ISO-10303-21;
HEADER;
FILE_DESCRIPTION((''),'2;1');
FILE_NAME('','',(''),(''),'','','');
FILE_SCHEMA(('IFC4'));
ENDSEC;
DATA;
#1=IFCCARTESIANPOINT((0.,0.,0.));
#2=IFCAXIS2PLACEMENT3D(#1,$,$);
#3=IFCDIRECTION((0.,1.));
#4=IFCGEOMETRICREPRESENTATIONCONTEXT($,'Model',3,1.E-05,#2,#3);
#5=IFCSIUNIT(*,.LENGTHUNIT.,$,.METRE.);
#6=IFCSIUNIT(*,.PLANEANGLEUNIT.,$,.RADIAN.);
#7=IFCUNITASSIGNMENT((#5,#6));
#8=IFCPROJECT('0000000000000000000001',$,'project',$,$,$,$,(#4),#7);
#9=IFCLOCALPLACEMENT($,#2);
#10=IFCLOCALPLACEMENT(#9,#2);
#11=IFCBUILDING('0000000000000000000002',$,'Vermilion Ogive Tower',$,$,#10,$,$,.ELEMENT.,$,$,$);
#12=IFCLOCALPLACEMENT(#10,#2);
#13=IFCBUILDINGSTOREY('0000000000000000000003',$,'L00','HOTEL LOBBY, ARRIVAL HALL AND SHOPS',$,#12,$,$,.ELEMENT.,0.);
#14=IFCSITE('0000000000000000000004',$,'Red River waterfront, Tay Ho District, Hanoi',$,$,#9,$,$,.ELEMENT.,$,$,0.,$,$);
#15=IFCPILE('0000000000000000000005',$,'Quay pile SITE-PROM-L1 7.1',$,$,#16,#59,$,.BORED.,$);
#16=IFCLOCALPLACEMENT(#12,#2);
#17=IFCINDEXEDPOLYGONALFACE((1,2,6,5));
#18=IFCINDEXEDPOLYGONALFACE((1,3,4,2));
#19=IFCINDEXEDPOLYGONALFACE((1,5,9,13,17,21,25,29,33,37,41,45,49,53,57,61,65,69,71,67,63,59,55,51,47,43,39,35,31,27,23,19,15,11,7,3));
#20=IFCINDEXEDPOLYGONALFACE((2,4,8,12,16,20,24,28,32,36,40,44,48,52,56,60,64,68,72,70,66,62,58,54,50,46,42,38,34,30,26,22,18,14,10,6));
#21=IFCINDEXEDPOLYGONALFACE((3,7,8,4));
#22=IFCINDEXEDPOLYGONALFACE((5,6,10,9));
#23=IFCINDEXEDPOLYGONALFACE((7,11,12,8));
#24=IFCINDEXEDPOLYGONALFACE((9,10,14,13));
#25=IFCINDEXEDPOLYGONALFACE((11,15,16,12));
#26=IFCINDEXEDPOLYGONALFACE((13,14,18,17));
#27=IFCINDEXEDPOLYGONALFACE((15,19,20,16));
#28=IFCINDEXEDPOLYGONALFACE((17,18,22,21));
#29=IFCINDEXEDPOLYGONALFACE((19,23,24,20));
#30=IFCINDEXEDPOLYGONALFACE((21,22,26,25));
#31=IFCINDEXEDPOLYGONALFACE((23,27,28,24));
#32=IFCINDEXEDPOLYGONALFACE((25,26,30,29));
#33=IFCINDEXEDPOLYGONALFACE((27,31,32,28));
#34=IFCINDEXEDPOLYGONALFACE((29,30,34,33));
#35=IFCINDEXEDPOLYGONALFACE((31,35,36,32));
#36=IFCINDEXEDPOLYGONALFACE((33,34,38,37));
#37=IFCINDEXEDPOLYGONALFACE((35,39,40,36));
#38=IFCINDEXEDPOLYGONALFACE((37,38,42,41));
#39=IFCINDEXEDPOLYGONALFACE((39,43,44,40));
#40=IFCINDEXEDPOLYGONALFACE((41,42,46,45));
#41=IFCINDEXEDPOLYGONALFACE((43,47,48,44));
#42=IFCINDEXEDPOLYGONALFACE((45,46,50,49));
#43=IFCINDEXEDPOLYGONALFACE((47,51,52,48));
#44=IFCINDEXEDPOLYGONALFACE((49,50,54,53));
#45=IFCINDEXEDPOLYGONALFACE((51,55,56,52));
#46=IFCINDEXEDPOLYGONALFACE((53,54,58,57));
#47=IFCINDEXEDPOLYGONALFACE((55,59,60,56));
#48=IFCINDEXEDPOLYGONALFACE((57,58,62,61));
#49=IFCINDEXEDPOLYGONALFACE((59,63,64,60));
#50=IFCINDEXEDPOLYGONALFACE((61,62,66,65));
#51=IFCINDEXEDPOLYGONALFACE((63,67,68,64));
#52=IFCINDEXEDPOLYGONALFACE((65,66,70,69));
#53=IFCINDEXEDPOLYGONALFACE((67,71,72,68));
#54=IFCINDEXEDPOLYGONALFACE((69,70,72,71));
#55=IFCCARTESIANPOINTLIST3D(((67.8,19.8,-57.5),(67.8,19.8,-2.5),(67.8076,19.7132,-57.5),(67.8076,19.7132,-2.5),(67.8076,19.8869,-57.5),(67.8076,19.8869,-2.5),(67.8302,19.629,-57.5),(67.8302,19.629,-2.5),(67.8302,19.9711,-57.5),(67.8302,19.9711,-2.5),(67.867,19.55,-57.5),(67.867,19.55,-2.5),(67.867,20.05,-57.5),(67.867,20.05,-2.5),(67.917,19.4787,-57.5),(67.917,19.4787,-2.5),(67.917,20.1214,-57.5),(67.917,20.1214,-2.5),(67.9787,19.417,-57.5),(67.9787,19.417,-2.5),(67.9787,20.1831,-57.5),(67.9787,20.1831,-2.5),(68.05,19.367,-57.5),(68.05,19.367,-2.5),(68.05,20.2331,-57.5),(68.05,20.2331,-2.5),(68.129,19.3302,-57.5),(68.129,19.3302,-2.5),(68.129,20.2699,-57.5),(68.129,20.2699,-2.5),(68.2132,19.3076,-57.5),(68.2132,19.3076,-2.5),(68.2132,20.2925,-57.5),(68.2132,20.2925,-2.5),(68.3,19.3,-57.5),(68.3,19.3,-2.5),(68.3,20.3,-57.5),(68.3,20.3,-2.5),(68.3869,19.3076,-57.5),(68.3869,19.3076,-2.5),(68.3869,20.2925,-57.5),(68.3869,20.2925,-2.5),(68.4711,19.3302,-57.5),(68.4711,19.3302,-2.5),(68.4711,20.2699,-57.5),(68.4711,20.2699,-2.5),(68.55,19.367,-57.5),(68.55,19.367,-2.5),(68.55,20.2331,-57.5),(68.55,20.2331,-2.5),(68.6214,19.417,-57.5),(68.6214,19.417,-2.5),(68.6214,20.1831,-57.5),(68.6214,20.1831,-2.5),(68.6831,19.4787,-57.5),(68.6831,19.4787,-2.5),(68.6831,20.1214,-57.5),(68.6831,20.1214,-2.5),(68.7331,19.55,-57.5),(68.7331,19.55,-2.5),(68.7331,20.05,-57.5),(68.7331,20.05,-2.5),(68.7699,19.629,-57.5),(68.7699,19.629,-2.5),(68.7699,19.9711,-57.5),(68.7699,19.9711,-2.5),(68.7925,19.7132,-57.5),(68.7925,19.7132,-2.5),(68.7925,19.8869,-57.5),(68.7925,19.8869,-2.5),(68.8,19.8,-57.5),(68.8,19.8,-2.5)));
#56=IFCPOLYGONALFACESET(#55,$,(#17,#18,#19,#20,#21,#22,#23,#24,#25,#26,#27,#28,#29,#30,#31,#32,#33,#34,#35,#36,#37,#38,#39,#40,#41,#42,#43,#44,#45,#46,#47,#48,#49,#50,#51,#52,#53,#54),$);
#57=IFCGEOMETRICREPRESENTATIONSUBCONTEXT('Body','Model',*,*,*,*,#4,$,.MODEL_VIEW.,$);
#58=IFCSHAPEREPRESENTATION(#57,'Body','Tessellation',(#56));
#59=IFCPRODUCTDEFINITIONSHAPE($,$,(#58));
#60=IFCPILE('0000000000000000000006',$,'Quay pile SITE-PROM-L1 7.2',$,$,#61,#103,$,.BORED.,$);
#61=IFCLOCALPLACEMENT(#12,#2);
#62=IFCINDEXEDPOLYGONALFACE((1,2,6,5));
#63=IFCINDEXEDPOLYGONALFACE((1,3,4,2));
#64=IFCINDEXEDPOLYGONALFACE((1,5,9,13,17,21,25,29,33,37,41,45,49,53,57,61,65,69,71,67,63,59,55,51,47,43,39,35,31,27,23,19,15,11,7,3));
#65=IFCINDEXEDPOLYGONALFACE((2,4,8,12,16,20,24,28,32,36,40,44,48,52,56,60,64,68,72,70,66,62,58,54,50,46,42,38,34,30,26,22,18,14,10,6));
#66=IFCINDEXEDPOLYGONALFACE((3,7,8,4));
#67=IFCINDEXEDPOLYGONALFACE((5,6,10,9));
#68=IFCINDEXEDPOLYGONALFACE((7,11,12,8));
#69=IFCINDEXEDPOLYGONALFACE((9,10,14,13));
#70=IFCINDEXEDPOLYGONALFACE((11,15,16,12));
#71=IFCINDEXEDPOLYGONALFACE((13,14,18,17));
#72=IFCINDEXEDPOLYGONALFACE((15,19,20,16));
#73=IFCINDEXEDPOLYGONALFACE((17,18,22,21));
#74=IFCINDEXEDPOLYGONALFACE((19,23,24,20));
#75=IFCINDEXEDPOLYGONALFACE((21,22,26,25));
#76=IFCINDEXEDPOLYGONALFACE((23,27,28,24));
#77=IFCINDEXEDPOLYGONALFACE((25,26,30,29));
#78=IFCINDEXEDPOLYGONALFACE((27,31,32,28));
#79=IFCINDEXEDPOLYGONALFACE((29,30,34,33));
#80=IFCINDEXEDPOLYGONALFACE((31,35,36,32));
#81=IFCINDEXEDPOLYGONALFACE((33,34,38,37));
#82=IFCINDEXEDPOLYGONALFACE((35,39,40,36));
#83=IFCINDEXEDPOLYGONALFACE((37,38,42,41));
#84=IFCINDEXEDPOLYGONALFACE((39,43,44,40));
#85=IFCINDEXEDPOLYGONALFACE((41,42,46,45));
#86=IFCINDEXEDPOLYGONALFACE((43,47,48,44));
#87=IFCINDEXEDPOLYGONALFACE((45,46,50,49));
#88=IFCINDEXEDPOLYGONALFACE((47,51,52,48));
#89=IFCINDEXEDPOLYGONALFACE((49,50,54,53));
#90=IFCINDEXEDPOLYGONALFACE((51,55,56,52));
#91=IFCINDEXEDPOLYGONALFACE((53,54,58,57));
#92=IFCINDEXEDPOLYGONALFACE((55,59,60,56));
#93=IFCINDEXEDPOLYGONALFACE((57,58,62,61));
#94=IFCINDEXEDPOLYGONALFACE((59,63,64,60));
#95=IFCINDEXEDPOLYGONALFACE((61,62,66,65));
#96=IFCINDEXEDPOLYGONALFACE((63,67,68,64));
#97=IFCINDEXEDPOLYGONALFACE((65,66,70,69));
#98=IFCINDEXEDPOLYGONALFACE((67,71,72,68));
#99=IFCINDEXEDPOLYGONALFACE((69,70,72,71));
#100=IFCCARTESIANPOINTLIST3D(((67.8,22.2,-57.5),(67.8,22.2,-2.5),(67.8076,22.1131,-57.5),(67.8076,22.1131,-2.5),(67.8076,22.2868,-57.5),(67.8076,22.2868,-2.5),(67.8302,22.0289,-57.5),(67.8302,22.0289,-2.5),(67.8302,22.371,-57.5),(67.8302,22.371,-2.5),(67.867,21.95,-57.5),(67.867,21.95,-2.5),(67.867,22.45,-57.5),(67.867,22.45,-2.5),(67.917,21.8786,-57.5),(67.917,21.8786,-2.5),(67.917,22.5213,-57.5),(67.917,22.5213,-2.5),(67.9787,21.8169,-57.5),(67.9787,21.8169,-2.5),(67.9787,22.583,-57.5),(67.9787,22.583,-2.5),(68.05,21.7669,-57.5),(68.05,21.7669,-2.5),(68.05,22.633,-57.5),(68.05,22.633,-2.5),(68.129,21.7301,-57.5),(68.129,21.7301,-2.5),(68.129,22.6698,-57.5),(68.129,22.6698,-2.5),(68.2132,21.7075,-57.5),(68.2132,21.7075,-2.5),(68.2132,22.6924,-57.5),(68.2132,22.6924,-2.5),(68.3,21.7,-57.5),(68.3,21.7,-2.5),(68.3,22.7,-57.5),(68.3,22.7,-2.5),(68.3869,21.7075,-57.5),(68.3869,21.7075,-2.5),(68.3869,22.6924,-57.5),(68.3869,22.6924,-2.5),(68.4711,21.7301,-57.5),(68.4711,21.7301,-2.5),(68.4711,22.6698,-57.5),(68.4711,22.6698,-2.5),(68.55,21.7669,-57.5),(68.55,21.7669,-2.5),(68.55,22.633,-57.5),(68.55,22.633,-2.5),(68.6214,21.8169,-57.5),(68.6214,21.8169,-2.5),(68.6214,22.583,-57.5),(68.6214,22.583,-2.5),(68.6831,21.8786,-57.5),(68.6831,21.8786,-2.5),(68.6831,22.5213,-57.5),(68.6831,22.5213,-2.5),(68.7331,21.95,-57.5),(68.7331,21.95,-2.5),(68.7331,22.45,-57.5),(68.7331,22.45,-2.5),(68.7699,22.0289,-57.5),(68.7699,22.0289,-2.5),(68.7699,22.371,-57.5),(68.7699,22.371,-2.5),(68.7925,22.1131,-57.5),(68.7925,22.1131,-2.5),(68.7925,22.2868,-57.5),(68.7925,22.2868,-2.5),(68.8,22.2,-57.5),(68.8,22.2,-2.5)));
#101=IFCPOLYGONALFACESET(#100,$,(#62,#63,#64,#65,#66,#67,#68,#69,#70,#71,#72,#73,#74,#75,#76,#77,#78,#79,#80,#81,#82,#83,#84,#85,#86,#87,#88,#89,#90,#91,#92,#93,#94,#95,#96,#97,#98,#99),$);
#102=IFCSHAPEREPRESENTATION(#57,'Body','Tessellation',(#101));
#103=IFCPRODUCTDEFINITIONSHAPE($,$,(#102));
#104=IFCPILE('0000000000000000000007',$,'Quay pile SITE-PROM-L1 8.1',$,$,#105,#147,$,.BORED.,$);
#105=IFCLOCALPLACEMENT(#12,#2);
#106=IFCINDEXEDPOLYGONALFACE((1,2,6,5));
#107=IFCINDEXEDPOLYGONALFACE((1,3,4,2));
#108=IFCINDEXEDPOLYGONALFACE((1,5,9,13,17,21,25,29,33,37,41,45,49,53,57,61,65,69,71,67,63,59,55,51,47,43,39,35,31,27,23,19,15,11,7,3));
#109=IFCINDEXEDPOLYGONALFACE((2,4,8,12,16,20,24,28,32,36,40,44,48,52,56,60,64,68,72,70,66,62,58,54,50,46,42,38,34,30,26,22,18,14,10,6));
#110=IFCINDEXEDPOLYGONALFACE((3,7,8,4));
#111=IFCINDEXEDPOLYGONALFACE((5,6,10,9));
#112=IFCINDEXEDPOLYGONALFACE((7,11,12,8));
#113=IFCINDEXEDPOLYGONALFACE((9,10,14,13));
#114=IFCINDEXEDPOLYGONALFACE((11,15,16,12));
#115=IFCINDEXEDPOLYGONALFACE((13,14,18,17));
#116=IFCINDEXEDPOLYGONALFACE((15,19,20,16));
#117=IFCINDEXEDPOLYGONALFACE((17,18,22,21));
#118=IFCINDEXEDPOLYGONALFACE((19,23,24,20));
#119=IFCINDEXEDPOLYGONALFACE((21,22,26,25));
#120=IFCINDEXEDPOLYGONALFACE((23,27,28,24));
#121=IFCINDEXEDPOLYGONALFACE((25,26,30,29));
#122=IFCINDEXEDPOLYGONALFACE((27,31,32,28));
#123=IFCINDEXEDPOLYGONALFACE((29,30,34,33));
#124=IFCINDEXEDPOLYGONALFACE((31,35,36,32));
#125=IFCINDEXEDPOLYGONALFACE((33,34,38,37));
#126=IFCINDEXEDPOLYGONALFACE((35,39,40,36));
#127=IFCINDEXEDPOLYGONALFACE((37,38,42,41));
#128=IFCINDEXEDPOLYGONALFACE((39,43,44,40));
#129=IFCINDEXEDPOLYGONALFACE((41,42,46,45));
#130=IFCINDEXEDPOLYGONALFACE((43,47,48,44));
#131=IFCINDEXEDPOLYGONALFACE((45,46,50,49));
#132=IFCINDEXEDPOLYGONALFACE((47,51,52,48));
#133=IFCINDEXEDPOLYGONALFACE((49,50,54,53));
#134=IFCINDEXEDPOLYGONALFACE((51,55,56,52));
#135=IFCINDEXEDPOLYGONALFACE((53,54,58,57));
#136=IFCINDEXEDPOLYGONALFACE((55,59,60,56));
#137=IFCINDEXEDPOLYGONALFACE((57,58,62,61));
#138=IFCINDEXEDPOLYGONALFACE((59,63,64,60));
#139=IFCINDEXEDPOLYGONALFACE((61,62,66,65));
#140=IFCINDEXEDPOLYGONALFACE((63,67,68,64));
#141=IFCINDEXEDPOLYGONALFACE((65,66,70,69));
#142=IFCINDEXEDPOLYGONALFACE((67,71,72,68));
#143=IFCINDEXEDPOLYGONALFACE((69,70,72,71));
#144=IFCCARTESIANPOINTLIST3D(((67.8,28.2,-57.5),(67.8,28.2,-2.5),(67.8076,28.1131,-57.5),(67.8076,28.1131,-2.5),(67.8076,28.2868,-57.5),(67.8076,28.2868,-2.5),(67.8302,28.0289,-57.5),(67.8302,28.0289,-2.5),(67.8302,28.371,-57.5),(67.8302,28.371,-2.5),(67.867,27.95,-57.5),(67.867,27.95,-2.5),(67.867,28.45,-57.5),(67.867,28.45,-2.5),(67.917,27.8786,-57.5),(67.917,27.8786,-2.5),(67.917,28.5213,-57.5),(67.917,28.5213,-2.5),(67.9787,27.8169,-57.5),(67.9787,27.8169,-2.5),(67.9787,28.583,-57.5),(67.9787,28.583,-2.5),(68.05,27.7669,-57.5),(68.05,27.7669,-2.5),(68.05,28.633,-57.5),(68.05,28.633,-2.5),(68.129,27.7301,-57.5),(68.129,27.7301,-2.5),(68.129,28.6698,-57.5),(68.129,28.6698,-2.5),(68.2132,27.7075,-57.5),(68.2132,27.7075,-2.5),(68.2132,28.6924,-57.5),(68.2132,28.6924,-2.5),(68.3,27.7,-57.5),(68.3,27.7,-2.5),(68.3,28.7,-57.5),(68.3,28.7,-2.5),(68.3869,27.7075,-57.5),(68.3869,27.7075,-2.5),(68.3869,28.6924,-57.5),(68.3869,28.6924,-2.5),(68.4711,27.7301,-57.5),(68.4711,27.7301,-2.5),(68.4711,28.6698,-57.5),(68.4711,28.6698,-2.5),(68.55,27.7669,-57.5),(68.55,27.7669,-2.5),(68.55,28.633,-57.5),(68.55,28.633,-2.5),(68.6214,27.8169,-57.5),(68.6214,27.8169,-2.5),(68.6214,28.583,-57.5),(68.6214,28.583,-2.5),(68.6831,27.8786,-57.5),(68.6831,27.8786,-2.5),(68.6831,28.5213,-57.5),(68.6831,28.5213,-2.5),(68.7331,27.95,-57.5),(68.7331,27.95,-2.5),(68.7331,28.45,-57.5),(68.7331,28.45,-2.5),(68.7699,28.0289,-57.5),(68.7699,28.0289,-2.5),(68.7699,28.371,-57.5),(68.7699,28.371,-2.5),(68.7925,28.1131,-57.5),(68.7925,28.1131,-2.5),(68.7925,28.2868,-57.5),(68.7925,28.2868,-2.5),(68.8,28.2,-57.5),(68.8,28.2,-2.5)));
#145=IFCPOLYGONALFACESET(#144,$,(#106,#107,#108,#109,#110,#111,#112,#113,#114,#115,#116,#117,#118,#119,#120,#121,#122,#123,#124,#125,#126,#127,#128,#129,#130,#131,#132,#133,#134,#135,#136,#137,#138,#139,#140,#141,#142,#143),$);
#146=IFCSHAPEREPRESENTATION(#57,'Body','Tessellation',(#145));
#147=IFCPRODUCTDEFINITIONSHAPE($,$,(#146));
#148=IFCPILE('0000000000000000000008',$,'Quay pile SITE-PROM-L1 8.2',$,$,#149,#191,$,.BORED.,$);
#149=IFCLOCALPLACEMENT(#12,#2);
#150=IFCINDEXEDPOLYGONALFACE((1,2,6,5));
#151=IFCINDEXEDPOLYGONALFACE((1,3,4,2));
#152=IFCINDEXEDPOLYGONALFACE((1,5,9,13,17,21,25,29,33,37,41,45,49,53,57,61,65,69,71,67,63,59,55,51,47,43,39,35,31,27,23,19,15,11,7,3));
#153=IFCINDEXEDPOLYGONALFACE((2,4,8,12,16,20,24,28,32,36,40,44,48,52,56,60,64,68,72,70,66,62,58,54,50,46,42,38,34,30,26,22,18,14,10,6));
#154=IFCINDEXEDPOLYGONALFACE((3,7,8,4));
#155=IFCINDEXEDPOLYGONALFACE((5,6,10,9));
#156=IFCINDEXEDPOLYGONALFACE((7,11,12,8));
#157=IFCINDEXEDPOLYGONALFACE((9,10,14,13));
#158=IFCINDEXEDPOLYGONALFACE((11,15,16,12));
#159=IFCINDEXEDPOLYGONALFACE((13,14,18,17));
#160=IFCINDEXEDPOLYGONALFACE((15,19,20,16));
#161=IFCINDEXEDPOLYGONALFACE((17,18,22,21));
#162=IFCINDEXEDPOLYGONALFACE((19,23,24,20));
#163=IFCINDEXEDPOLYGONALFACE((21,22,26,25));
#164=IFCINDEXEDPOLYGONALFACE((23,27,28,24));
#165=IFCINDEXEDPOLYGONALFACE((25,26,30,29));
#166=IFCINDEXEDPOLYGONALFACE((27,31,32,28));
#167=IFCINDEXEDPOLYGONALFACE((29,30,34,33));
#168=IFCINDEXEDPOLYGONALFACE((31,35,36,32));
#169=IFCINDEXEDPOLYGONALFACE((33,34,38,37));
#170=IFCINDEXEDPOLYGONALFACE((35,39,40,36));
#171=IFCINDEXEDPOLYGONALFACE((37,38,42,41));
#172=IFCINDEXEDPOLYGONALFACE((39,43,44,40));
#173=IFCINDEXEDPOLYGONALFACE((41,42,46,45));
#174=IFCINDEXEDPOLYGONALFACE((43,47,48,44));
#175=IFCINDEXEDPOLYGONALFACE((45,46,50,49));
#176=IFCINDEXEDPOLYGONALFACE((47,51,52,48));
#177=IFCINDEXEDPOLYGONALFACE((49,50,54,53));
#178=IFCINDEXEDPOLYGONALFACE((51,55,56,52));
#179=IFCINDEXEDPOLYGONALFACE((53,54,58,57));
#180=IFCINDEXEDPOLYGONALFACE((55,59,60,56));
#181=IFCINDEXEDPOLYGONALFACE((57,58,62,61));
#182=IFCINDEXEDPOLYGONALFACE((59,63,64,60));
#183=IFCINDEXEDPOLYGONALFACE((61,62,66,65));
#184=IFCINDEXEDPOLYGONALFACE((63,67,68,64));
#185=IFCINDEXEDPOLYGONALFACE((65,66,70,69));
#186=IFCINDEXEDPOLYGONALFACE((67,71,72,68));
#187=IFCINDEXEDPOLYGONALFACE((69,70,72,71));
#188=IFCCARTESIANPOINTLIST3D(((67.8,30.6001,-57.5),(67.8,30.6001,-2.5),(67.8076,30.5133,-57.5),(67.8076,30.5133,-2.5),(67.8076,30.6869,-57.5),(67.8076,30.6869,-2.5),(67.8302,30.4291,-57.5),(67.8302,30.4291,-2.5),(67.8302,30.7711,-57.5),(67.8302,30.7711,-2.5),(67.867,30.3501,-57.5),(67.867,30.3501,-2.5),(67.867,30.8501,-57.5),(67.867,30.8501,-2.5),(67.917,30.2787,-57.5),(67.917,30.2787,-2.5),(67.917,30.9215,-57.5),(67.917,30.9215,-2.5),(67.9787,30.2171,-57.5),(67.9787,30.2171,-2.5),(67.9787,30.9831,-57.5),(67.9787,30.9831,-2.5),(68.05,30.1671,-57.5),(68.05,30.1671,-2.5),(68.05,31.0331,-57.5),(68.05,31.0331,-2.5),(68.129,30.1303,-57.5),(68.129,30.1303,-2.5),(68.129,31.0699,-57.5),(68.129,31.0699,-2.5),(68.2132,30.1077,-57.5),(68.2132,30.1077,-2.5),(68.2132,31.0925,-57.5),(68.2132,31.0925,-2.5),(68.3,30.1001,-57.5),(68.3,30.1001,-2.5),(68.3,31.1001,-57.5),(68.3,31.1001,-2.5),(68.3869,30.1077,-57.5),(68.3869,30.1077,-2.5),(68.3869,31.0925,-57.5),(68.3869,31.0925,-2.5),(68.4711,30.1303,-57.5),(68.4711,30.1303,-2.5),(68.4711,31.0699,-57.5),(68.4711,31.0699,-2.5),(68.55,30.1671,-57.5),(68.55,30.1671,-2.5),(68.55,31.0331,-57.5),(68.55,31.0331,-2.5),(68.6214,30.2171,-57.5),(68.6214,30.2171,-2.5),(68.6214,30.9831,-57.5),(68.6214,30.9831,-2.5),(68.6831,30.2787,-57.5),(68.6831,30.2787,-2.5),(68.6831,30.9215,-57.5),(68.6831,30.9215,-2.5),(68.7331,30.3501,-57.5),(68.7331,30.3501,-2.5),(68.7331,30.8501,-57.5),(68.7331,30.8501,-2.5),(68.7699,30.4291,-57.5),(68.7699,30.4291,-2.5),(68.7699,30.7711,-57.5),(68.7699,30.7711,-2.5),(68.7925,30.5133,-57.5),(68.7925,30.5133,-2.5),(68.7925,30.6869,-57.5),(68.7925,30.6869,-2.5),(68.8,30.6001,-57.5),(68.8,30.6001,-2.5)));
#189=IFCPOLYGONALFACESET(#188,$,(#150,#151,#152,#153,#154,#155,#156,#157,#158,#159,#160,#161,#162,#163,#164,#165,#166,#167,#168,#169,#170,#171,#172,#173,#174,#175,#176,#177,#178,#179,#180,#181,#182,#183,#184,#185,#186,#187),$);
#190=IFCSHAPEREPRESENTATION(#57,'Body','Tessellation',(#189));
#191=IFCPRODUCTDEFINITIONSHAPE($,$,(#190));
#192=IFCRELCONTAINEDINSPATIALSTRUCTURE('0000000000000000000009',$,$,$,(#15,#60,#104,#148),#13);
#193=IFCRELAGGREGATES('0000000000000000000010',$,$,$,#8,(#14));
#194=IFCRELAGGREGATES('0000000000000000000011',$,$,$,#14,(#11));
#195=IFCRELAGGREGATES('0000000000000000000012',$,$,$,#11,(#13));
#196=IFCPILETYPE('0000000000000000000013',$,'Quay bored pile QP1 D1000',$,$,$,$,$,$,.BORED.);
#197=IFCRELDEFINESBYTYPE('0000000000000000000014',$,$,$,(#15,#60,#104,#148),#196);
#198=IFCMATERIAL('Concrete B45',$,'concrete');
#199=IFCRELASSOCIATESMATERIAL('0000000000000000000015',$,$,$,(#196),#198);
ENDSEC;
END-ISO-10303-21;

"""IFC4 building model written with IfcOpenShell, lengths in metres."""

from ifc_helpers import new_model, si_unit, direction, frame, origin, origin_2d, place, context, subcontext, project, spatial, circle, extrude, material, type_object, element, save


model = new_model("IFC4")

# Units and contexts
model_context = context("Model", 3, precision=1e-05, world=origin(), true_north=direction((0.0, 1.0)))
body_context = subcontext(model_context, "Body", "Model", "MODEL_VIEW")
ifc_project = project(units=[si_unit("LENGTHUNIT", "METRE"), si_unit("PLANEANGLEUNIT", "RADIAN")], contexts=[model_context])

# Site, building, storey
site_placement = place(None, origin())
site = spatial("IfcSite", under=ifc_project, at=site_placement, Name="Red River waterfront, Tay Ho District, Hanoi", CompositionType="ELEMENT", RefElevation=0.0)
building_placement = place(site_placement, origin())
building = spatial("IfcBuilding", under=site, at=building_placement, Name="Vermilion Ogive Tower", CompositionType="ELEMENT")
storey_placement = place(building_placement, origin())
storey = spatial("IfcBuildingStorey", under=building, at=storey_placement, Name="L00", Description="HOTEL LOBBY, ARRIVAL HALL AND SHOPS", CompositionType="ELEMENT", Elevation=0.0)

# Piles
ifc_material_1 = material(Name="Concrete B45", Category="concrete")
pile_type = type_object("IfcPileType", Name="Quay bored pile QP1 D1000", PredefinedType="BORED", material=ifc_material_1)
for number, where, z_axis, x_axis, name in (
    (1, (68.3, 19.8, -2.5), (0.0, 0.0, -1.0), (1.0, 0.0, 0.0), "Quay pile SITE-PROM-L1 7.1"),
    (2, (68.3, 22.2, -2.5), (0.0, 0.0, -1.0), (1.0, 0.0, 0.0), "Quay pile SITE-PROM-L1 7.2"),
    (3, (68.3, 28.2, -2.5), (0.0, 0.0, -1.0), (1.0, 0.0, 0.0), "Quay pile SITE-PROM-L1 8.1"),
    (4, (68.3, 30.6001, -2.5), (0.0, 0.0, -1.0), (1.0, 0.0, 0.0), "Quay pile SITE-PROM-L1 8.2"),
):
    element("IfcPile", number, at=place(storey_placement, frame(where, z_axis=z_axis, x_axis=x_axis)), inside=storey, type_object=pile_type, Name=name, PredefinedType="BORED", context=body_context, shape_type="SweptSolid", body=[
        extrude(circle(Radius=0.5, at=origin_2d()), origin(), (0.0, 0.0, 1.0), 55.0),
    ])

save(model, "model.ifc")
